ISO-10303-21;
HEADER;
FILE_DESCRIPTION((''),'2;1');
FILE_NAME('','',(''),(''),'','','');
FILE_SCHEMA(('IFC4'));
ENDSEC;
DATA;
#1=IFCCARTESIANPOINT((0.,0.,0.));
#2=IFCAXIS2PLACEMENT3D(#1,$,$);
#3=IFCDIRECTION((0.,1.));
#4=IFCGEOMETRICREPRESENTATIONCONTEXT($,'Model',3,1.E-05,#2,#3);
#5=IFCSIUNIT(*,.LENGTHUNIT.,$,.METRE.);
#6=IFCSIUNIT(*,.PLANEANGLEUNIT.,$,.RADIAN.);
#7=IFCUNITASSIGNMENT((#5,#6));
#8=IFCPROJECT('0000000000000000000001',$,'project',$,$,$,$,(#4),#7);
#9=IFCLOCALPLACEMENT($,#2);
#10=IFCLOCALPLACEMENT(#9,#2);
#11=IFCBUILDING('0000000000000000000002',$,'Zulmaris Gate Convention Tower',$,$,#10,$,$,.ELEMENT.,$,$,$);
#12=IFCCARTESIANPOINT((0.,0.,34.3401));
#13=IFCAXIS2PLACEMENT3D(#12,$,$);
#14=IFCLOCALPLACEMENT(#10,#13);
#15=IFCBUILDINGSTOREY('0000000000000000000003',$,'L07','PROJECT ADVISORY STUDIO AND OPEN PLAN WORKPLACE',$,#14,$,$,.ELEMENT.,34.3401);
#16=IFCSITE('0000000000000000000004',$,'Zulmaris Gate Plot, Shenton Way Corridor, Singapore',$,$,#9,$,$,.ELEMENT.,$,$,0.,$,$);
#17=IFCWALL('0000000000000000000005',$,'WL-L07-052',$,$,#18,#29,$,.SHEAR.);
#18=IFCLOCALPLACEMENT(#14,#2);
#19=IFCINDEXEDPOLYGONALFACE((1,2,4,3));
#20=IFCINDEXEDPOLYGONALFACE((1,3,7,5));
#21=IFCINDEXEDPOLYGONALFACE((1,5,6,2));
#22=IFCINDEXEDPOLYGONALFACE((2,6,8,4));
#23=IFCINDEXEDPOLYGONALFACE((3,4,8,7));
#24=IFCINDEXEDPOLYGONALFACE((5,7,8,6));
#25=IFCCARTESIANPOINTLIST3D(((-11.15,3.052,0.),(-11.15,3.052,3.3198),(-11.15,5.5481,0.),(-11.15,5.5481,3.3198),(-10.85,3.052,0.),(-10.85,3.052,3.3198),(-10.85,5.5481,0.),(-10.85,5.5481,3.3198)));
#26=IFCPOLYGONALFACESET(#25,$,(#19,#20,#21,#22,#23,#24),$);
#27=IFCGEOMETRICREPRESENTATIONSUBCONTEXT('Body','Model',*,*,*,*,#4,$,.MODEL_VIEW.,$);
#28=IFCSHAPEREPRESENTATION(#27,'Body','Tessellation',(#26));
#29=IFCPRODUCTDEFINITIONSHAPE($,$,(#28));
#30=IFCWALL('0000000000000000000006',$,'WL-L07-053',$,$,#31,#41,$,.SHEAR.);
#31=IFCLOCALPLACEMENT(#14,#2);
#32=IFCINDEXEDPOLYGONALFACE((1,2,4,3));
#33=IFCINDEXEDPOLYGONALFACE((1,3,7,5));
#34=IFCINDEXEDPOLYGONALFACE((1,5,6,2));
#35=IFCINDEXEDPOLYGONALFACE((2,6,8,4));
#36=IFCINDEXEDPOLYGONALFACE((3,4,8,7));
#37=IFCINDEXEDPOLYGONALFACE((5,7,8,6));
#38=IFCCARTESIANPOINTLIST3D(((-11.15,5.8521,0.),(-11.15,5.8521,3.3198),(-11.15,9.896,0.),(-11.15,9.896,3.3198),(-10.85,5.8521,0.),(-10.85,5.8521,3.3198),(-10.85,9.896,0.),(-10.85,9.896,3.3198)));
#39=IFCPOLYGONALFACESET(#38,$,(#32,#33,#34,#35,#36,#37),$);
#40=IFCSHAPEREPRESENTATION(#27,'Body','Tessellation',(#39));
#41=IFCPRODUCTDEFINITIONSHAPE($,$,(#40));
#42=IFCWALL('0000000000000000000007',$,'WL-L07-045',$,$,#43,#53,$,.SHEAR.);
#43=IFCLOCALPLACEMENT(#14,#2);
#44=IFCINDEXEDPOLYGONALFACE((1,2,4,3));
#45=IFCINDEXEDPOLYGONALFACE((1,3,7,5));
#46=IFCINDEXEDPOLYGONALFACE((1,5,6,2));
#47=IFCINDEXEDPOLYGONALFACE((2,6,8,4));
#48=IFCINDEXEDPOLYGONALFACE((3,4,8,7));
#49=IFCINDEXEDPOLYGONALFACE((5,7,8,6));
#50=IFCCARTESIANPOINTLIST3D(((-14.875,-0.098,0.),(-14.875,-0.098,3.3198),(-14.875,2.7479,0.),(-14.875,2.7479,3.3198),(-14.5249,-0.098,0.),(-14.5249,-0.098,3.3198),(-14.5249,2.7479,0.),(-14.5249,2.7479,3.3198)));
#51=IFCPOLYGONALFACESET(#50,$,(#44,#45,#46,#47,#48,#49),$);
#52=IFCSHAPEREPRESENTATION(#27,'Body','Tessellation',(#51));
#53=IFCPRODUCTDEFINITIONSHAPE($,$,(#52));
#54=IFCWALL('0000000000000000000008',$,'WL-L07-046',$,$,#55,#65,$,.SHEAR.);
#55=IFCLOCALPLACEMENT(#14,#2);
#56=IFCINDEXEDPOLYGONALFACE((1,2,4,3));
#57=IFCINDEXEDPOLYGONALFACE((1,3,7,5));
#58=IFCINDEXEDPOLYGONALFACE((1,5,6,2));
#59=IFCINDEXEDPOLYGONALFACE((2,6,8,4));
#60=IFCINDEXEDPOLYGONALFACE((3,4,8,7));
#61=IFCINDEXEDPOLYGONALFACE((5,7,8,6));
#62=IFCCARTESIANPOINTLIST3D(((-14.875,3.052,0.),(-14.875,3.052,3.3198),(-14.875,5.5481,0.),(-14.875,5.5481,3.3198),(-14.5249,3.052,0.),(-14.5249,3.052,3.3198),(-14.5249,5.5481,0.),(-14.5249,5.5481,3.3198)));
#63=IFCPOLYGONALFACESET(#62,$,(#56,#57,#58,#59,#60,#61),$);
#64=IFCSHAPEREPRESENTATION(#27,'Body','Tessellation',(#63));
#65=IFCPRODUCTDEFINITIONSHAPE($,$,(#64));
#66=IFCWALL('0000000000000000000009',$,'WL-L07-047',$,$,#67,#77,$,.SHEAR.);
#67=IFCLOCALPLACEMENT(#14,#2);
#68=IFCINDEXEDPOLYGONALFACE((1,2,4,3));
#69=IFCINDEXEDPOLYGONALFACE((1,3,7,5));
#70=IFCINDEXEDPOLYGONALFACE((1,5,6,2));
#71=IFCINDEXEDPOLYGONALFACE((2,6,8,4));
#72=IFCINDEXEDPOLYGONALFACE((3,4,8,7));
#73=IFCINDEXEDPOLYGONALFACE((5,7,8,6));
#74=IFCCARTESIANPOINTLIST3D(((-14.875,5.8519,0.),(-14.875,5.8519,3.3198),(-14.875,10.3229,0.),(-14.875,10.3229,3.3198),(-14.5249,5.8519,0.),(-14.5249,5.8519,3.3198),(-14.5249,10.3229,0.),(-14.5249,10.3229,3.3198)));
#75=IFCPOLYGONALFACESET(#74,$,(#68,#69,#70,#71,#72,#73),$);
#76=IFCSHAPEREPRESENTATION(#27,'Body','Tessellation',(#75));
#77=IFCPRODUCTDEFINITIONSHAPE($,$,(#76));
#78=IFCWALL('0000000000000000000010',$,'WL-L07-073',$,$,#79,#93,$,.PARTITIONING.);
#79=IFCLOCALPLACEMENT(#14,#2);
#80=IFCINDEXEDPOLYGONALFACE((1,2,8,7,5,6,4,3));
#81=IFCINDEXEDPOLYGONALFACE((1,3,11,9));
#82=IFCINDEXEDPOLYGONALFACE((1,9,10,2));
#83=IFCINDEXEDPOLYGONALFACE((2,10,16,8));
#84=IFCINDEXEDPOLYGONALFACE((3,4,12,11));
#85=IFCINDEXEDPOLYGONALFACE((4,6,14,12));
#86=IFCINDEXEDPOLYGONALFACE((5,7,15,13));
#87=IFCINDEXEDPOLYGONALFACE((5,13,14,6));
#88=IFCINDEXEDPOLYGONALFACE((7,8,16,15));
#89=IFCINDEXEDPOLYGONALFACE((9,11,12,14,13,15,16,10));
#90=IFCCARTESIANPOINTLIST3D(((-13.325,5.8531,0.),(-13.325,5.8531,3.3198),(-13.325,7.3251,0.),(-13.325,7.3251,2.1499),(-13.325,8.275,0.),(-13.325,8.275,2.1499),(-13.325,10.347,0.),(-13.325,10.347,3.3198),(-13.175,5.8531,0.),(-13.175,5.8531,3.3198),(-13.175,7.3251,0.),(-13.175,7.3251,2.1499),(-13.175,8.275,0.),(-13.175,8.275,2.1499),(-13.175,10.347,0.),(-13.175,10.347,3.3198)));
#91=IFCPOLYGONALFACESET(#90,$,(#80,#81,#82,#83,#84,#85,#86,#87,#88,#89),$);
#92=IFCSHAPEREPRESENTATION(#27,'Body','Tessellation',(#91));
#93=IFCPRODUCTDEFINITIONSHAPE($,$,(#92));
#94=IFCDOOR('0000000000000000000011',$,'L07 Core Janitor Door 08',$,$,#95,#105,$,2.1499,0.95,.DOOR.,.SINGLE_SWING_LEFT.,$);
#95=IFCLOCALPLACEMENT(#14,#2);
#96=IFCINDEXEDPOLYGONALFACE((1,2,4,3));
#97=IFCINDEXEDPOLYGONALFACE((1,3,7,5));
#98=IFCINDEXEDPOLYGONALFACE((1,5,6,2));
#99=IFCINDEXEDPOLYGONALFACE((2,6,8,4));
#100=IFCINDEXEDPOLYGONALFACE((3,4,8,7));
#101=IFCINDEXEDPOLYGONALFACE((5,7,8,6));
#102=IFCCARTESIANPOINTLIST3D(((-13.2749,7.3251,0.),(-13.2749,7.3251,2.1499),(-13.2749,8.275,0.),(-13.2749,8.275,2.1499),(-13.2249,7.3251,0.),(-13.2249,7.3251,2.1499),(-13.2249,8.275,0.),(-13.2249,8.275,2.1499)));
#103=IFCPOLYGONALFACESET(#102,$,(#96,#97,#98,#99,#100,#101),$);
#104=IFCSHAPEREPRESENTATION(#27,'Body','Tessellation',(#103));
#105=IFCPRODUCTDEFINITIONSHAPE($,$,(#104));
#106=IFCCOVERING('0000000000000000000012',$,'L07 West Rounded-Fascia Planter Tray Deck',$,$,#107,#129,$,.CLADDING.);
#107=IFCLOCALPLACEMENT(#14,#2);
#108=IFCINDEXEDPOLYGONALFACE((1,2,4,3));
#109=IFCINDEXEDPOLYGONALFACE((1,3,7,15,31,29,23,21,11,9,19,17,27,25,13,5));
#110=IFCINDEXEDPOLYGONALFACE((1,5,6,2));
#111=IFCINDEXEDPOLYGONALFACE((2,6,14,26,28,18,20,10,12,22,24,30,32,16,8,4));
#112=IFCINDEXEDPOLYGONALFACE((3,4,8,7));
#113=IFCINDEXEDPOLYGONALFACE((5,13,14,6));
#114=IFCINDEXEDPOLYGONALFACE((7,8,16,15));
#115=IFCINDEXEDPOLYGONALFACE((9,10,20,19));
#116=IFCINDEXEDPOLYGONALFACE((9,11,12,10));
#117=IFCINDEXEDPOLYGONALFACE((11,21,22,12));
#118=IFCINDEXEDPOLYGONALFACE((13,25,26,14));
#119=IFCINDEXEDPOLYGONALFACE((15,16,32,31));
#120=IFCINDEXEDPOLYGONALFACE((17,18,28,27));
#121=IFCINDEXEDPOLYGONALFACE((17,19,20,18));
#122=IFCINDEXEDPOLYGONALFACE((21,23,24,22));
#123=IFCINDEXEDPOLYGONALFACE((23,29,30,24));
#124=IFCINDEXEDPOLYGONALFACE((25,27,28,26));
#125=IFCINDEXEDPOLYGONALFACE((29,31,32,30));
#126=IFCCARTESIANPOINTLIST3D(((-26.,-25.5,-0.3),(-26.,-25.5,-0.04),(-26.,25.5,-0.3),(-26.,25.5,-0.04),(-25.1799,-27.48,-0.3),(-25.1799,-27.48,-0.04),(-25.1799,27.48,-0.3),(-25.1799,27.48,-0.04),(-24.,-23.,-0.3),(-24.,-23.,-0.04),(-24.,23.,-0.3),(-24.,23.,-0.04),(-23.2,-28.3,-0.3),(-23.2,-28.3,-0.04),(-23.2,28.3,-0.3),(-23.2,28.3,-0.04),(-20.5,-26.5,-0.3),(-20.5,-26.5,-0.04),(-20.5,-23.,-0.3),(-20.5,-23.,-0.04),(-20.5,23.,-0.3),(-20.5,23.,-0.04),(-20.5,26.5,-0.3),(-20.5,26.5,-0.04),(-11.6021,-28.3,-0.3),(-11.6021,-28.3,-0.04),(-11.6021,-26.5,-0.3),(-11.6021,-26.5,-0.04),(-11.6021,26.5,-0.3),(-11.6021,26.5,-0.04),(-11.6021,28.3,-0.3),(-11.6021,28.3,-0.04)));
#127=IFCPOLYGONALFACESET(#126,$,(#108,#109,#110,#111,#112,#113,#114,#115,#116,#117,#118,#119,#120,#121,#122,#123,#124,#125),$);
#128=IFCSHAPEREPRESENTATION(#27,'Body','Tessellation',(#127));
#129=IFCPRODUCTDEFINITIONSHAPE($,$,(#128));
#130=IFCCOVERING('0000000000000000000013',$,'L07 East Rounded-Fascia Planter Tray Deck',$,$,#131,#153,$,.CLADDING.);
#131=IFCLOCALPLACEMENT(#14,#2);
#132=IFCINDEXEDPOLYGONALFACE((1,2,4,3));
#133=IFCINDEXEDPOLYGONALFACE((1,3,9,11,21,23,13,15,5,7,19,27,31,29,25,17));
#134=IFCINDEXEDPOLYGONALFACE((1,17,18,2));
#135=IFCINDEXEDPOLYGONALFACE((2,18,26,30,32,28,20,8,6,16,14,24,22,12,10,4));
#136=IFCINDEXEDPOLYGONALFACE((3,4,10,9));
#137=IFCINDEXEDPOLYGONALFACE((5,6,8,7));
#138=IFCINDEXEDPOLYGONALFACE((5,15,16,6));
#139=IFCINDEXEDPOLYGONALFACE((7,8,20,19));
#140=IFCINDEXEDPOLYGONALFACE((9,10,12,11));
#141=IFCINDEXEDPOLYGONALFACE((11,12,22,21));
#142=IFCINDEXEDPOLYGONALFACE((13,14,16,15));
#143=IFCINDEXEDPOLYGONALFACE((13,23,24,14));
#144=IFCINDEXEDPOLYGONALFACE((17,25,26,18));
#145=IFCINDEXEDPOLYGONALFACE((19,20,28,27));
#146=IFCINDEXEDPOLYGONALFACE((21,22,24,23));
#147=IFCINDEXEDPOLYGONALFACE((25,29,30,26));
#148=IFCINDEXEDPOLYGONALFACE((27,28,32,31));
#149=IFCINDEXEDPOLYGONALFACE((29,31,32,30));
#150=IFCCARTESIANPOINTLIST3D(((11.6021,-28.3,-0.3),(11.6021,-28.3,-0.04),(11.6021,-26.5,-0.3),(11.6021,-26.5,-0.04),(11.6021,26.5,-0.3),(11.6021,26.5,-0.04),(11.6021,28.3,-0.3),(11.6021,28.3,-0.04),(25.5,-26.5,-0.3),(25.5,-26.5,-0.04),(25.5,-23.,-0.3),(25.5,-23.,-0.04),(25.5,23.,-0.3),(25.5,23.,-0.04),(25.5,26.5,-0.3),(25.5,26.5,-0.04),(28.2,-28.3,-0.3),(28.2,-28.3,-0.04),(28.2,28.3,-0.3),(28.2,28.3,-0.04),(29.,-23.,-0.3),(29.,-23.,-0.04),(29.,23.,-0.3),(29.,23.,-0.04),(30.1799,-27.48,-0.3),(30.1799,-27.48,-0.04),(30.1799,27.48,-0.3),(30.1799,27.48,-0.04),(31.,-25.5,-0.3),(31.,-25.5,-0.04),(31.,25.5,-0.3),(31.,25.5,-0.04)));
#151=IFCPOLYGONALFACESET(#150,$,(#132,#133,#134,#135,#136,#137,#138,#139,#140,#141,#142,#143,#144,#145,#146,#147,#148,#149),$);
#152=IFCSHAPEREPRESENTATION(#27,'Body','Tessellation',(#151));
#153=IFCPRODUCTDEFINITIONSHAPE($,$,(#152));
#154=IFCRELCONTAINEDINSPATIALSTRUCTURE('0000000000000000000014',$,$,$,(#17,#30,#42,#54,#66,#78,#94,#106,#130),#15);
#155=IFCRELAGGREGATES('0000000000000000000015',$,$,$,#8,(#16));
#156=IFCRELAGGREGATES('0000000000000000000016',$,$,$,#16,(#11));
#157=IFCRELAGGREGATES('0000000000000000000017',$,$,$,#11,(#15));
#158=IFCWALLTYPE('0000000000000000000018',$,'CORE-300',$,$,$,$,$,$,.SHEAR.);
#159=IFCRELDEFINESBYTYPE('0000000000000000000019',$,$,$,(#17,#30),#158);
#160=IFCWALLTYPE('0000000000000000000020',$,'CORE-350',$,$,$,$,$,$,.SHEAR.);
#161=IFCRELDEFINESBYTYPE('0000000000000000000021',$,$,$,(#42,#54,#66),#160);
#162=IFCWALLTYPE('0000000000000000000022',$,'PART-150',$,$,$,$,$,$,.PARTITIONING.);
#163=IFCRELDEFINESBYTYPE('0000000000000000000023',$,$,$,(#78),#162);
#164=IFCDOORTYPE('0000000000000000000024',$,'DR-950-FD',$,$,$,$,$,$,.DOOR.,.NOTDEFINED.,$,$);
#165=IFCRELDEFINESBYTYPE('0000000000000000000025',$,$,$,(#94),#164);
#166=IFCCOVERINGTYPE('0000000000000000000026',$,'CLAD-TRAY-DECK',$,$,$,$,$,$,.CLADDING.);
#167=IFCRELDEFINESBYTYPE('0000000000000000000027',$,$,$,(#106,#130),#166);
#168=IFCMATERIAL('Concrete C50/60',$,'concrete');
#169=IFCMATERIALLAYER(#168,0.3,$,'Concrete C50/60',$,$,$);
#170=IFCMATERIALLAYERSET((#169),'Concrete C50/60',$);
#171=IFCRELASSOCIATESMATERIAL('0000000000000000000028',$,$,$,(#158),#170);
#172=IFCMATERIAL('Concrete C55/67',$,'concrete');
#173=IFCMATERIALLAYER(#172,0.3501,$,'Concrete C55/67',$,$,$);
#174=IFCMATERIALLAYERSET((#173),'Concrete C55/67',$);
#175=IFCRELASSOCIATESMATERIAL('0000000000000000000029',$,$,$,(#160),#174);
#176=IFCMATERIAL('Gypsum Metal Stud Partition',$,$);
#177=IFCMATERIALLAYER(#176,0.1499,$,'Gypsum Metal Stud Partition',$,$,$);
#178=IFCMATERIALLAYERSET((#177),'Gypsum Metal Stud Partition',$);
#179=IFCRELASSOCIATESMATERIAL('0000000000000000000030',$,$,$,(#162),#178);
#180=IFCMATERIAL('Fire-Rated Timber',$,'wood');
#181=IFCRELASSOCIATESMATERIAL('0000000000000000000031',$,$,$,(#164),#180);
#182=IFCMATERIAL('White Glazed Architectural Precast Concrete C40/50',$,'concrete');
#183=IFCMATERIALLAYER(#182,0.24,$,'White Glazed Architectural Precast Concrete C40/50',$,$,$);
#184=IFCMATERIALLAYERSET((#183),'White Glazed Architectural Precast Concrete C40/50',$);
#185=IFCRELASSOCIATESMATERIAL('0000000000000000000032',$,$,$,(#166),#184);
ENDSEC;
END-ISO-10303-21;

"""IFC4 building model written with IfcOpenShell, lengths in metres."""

from ifc_helpers import new_model, si_unit, direction, frame, frame_2d, origin, place, context, subcontext, project, spatial, polyline, rectangle, outline, extrude, material, layer, layer_set, type_object, element, fill, save


model = new_model("IFC4")

# Units and contexts
model_context = context("Model", 3, precision=1e-05, world=origin(), true_north=direction((0.0, 1.0)))
body_context = subcontext(model_context, "Body", "Model", "MODEL_VIEW")
ifc_project = project(units=[si_unit("LENGTHUNIT", "METRE"), si_unit("PLANEANGLEUNIT", "RADIAN")], contexts=[model_context])

# Site, building, storey
site_placement = place(None, origin())
site = spatial("IfcSite", under=ifc_project, at=site_placement, Name="Zulmaris Gate Plot, Shenton Way Corridor, Singapore", CompositionType="ELEMENT", RefElevation=0.0)
building_placement = place(site_placement, origin())
building = spatial("IfcBuilding", under=site, at=building_placement, Name="Zulmaris Gate Convention Tower", CompositionType="ELEMENT")
storey_placement = place(building_placement, frame((0.0, 0.0, 34.3401)))
storey = spatial("IfcBuildingStorey", under=building, at=storey_placement, Name="L07", Description="PROJECT ADVISORY STUDIO AND OPEN PLAN WORKPLACE", CompositionType="ELEMENT", Elevation=34.3401)

# Shared definitions
ifc_material_1 = material(Name="Concrete C50/60", Category="concrete")

# Shared definitions
ifc_layer_1 = layer(ifc_material_1, 0.3, Name="Concrete C50/60")
ifc_layer_set_1 = layer_set([ifc_layer_1], Name="Concrete C50/60")
wall_type_1 = type_object("IfcWallType", Name="CORE-300", PredefinedType="SHEAR", material=ifc_layer_set_1)

# Walls
wall_1_placement = place(storey_placement, frame((-11.0, 3.052, 0.0), z_axis=(0.0, 0.0, 1.0), x_axis=(0.0, 1.0, 0.0)))
element("IfcWall", 1, at=wall_1_placement, inside=storey, type_object=wall_type_1, Name="WL-L07-052", PredefinedType="SHEAR", context=body_context, shape_type="SweptSolid", body=[
    extrude(rectangle(XDim=2.4961, YDim=0.3, at=frame_2d((1.248, 0.0))), origin(), (0.0, 0.0, 1.0), 3.3198),
])
wall_2_placement = place(storey_placement, frame((-11.0, 5.8521, 0.0), z_axis=(0.0, 0.0, 1.0), x_axis=(0.0, 1.0, 0.0)))
element("IfcWall", 2, at=wall_2_placement, inside=storey, type_object=wall_type_1, Name="WL-L07-053", PredefinedType="SHEAR", context=body_context, shape_type="SweptSolid", body=[
    extrude(rectangle(XDim=4.0439, YDim=0.3, at=frame_2d((2.022, 0.0))), origin(), (0.0, 0.0, 1.0), 3.3198),
])
ifc_material_2 = material(Name="Concrete C55/67", Category="concrete")
ifc_layer_2 = layer(ifc_material_2, 0.3501, Name="Concrete C55/67")
ifc_layer_set_2 = layer_set([ifc_layer_2], Name="Concrete C55/67")
wall_type_2 = type_object("IfcWallType", Name="CORE-350", PredefinedType="SHEAR", material=ifc_layer_set_2)
wall_3_placement = place(storey_placement, frame((-14.7, -0.0979, 0.0), z_axis=(0.0, 0.0, 1.0), x_axis=(0.0, 1.0, 0.0)))
element("IfcWall", 3, at=wall_3_placement, inside=storey, type_object=wall_type_2, Name="WL-L07-045", PredefinedType="SHEAR", context=body_context, shape_type="SweptSolid", body=[
    extrude(rectangle(XDim=2.8459, YDim=0.3501, at=frame_2d((1.4229, 0.0))), origin(), (0.0, 0.0, 1.0), 3.3198),
])
wall_4_placement = place(storey_placement, frame((-14.7, 3.052, 0.0), z_axis=(0.0, 0.0, 1.0), x_axis=(0.0, 1.0, 0.0)))
element("IfcWall", 4, at=wall_4_placement, inside=storey, type_object=wall_type_2, Name="WL-L07-046", PredefinedType="SHEAR", context=body_context, shape_type="SweptSolid", body=[
    extrude(rectangle(XDim=2.4961, YDim=0.3501, at=frame_2d((1.248, 0.0))), origin(), (0.0, 0.0, 1.0), 3.3198),
])
wall_5_placement = place(storey_placement, frame((-14.7, 5.8521, 0.0), z_axis=(0.0, 0.0, 1.0), x_axis=(0.0, 1.0, 0.0)))
element("IfcWall", 5, at=wall_5_placement, inside=storey, type_object=wall_type_2, Name="WL-L07-047", PredefinedType="SHEAR", context=body_context, shape_type="SweptSolid", body=[
    extrude(rectangle(XDim=4.4709, YDim=0.3501, at=frame_2d((2.2354, 0.0))), origin(), (0.0, 0.0, 1.0), 3.3198),
])

# Wall, opening, door
ifc_material_3 = material(Name="Gypsum Metal Stud Partition")
ifc_layer_3 = layer(ifc_material_3, 0.1499, Name="Gypsum Metal Stud Partition")
ifc_layer_set_3 = layer_set([ifc_layer_3], Name="Gypsum Metal Stud Partition")
wall_type_3 = type_object("IfcWallType", Name="PART-150", PredefinedType="PARTITIONING", material=ifc_layer_set_3)
wall_6_placement = place(storey_placement, frame((-13.25, 5.853, 0.0), z_axis=(0.0, 0.0, 1.0), x_axis=(0.0, 1.0, 0.0)))
wall_6 = element("IfcWall", 6, at=wall_6_placement, inside=storey, type_object=wall_type_3, Name="WL-L07-073", PredefinedType="PARTITIONING", context=body_context, shape_type="SweptSolid", body=[
    extrude(rectangle(XDim=4.4939, YDim=0.1499, at=frame_2d((2.2471, 0.0))), origin(), (0.0, 0.0, 1.0), 3.3198),
])
opening_1_placement = place(wall_6_placement, frame((1.4719, 0.0, 0.0)))
opening_1 = element("IfcOpeningElement", 7, at=opening_1_placement, cuts=wall_6, PredefinedType="OPENING", context=body_context, shape_type="SweptSolid", body=[
    extrude(rectangle(XDim=0.95, YDim=2.1499, at=frame_2d((0.4751, 1.075))), frame((0.0, 0.085, 0.0), z_axis=(0.0, -1.0, 0.0), x_axis=(1.0, 0.0, 0.0)), (0.0, 0.0, 1.0), 0.1699),
])
ifc_material_4 = material(Name="Fire-Rated Timber", Category="wood")
door_type_1 = type_object("IfcDoorType", Name="DR-950-FD", OperationType="NOTDEFINED", PredefinedType="DOOR", material=ifc_material_4)
door_1_placement = place(opening_1_placement, origin())
door_1 = element("IfcDoor", 8, at=door_1_placement, inside=storey, type_object=door_type_1, Name="L07 Core Janitor Door 08", OperationType="SINGLE_SWING_LEFT", OverallHeight=2.1499, OverallWidth=0.95, PredefinedType="DOOR", context=body_context, shape_type="SweptSolid", body=[
    extrude(rectangle(XDim=0.95, YDim=2.1499, at=frame_2d((0.4751, 1.075))), frame((0.0, 0.0249, 0.0), z_axis=(0.0, -1.0, 0.0), x_axis=(1.0, 0.0, 0.0)), (0.0, 0.0, 1.0), 0.05),
])
fill(opening_1, door_1)

# Coverings
ifc_material_5 = material(Name="White Glazed Architectural Precast Concrete C40/50", Category="concrete")
ifc_layer_4 = layer(ifc_material_5, 0.24, Name="White Glazed Architectural Precast Concrete C40/50")
ifc_layer_set_4 = layer_set([ifc_layer_4], Name="White Glazed Architectural Precast Concrete C40/50")
covering_type = type_object("IfcCoveringType", Name="CLAD-TRAY-DECK", PredefinedType="CLADDING", material=ifc_layer_set_4)
covering_1_placement = place(storey_placement, frame((0.0, 0.0, -0.3)))
element("IfcCovering", 9, at=covering_1_placement, inside=storey, type_object=covering_type, Name="L07 West Rounded-Fascia Planter Tray Deck", PredefinedType="CLADDING", context=body_context, shape_type="SweptSolid", body=[
    extrude(outline(polyline([(-26.0, 25.5), (-25.1799, 27.48), (-23.2, 28.3), (-11.6021, 28.3), (-11.6021, 26.5), (-20.5, 26.5), (-20.5, 23.0), (-24.0, 23.0), (-24.0, -23.0), (-20.5, -23.0), (-20.5, -26.5), (-11.6021, -26.5), (-11.6021, -28.3), (-23.2, -28.3), (-25.1799, -27.48), (-26.0, -25.5), (-26.0, 25.5)])), origin(), (0.0, 0.0, 1.0), 0.26),
])
covering_2_placement = place(storey_placement, frame((0.0, 0.0, -0.3)))
element("IfcCovering", 10, at=covering_2_placement, inside=storey, type_object=covering_type, Name="L07 East Rounded-Fascia Planter Tray Deck", PredefinedType="CLADDING", context=body_context, shape_type="SweptSolid", body=[
    extrude(outline(polyline([(28.2, 28.3), (30.1799, 27.48), (31.0, 25.5), (31.0, -25.5), (30.1799, -27.48), (28.2, -28.3), (11.6021, -28.3), (11.6021, -26.5), (25.5, -26.5), (25.5, -23.0), (29.0, -23.0), (29.0, 23.0), (25.5, 23.0), (25.5, 26.5), (11.6021, 26.5), (11.6021, 28.3), (28.2, 28.3)])), origin(), (0.0, 0.0, 1.0), 0.26),
])

save(model, "model.ifc")
